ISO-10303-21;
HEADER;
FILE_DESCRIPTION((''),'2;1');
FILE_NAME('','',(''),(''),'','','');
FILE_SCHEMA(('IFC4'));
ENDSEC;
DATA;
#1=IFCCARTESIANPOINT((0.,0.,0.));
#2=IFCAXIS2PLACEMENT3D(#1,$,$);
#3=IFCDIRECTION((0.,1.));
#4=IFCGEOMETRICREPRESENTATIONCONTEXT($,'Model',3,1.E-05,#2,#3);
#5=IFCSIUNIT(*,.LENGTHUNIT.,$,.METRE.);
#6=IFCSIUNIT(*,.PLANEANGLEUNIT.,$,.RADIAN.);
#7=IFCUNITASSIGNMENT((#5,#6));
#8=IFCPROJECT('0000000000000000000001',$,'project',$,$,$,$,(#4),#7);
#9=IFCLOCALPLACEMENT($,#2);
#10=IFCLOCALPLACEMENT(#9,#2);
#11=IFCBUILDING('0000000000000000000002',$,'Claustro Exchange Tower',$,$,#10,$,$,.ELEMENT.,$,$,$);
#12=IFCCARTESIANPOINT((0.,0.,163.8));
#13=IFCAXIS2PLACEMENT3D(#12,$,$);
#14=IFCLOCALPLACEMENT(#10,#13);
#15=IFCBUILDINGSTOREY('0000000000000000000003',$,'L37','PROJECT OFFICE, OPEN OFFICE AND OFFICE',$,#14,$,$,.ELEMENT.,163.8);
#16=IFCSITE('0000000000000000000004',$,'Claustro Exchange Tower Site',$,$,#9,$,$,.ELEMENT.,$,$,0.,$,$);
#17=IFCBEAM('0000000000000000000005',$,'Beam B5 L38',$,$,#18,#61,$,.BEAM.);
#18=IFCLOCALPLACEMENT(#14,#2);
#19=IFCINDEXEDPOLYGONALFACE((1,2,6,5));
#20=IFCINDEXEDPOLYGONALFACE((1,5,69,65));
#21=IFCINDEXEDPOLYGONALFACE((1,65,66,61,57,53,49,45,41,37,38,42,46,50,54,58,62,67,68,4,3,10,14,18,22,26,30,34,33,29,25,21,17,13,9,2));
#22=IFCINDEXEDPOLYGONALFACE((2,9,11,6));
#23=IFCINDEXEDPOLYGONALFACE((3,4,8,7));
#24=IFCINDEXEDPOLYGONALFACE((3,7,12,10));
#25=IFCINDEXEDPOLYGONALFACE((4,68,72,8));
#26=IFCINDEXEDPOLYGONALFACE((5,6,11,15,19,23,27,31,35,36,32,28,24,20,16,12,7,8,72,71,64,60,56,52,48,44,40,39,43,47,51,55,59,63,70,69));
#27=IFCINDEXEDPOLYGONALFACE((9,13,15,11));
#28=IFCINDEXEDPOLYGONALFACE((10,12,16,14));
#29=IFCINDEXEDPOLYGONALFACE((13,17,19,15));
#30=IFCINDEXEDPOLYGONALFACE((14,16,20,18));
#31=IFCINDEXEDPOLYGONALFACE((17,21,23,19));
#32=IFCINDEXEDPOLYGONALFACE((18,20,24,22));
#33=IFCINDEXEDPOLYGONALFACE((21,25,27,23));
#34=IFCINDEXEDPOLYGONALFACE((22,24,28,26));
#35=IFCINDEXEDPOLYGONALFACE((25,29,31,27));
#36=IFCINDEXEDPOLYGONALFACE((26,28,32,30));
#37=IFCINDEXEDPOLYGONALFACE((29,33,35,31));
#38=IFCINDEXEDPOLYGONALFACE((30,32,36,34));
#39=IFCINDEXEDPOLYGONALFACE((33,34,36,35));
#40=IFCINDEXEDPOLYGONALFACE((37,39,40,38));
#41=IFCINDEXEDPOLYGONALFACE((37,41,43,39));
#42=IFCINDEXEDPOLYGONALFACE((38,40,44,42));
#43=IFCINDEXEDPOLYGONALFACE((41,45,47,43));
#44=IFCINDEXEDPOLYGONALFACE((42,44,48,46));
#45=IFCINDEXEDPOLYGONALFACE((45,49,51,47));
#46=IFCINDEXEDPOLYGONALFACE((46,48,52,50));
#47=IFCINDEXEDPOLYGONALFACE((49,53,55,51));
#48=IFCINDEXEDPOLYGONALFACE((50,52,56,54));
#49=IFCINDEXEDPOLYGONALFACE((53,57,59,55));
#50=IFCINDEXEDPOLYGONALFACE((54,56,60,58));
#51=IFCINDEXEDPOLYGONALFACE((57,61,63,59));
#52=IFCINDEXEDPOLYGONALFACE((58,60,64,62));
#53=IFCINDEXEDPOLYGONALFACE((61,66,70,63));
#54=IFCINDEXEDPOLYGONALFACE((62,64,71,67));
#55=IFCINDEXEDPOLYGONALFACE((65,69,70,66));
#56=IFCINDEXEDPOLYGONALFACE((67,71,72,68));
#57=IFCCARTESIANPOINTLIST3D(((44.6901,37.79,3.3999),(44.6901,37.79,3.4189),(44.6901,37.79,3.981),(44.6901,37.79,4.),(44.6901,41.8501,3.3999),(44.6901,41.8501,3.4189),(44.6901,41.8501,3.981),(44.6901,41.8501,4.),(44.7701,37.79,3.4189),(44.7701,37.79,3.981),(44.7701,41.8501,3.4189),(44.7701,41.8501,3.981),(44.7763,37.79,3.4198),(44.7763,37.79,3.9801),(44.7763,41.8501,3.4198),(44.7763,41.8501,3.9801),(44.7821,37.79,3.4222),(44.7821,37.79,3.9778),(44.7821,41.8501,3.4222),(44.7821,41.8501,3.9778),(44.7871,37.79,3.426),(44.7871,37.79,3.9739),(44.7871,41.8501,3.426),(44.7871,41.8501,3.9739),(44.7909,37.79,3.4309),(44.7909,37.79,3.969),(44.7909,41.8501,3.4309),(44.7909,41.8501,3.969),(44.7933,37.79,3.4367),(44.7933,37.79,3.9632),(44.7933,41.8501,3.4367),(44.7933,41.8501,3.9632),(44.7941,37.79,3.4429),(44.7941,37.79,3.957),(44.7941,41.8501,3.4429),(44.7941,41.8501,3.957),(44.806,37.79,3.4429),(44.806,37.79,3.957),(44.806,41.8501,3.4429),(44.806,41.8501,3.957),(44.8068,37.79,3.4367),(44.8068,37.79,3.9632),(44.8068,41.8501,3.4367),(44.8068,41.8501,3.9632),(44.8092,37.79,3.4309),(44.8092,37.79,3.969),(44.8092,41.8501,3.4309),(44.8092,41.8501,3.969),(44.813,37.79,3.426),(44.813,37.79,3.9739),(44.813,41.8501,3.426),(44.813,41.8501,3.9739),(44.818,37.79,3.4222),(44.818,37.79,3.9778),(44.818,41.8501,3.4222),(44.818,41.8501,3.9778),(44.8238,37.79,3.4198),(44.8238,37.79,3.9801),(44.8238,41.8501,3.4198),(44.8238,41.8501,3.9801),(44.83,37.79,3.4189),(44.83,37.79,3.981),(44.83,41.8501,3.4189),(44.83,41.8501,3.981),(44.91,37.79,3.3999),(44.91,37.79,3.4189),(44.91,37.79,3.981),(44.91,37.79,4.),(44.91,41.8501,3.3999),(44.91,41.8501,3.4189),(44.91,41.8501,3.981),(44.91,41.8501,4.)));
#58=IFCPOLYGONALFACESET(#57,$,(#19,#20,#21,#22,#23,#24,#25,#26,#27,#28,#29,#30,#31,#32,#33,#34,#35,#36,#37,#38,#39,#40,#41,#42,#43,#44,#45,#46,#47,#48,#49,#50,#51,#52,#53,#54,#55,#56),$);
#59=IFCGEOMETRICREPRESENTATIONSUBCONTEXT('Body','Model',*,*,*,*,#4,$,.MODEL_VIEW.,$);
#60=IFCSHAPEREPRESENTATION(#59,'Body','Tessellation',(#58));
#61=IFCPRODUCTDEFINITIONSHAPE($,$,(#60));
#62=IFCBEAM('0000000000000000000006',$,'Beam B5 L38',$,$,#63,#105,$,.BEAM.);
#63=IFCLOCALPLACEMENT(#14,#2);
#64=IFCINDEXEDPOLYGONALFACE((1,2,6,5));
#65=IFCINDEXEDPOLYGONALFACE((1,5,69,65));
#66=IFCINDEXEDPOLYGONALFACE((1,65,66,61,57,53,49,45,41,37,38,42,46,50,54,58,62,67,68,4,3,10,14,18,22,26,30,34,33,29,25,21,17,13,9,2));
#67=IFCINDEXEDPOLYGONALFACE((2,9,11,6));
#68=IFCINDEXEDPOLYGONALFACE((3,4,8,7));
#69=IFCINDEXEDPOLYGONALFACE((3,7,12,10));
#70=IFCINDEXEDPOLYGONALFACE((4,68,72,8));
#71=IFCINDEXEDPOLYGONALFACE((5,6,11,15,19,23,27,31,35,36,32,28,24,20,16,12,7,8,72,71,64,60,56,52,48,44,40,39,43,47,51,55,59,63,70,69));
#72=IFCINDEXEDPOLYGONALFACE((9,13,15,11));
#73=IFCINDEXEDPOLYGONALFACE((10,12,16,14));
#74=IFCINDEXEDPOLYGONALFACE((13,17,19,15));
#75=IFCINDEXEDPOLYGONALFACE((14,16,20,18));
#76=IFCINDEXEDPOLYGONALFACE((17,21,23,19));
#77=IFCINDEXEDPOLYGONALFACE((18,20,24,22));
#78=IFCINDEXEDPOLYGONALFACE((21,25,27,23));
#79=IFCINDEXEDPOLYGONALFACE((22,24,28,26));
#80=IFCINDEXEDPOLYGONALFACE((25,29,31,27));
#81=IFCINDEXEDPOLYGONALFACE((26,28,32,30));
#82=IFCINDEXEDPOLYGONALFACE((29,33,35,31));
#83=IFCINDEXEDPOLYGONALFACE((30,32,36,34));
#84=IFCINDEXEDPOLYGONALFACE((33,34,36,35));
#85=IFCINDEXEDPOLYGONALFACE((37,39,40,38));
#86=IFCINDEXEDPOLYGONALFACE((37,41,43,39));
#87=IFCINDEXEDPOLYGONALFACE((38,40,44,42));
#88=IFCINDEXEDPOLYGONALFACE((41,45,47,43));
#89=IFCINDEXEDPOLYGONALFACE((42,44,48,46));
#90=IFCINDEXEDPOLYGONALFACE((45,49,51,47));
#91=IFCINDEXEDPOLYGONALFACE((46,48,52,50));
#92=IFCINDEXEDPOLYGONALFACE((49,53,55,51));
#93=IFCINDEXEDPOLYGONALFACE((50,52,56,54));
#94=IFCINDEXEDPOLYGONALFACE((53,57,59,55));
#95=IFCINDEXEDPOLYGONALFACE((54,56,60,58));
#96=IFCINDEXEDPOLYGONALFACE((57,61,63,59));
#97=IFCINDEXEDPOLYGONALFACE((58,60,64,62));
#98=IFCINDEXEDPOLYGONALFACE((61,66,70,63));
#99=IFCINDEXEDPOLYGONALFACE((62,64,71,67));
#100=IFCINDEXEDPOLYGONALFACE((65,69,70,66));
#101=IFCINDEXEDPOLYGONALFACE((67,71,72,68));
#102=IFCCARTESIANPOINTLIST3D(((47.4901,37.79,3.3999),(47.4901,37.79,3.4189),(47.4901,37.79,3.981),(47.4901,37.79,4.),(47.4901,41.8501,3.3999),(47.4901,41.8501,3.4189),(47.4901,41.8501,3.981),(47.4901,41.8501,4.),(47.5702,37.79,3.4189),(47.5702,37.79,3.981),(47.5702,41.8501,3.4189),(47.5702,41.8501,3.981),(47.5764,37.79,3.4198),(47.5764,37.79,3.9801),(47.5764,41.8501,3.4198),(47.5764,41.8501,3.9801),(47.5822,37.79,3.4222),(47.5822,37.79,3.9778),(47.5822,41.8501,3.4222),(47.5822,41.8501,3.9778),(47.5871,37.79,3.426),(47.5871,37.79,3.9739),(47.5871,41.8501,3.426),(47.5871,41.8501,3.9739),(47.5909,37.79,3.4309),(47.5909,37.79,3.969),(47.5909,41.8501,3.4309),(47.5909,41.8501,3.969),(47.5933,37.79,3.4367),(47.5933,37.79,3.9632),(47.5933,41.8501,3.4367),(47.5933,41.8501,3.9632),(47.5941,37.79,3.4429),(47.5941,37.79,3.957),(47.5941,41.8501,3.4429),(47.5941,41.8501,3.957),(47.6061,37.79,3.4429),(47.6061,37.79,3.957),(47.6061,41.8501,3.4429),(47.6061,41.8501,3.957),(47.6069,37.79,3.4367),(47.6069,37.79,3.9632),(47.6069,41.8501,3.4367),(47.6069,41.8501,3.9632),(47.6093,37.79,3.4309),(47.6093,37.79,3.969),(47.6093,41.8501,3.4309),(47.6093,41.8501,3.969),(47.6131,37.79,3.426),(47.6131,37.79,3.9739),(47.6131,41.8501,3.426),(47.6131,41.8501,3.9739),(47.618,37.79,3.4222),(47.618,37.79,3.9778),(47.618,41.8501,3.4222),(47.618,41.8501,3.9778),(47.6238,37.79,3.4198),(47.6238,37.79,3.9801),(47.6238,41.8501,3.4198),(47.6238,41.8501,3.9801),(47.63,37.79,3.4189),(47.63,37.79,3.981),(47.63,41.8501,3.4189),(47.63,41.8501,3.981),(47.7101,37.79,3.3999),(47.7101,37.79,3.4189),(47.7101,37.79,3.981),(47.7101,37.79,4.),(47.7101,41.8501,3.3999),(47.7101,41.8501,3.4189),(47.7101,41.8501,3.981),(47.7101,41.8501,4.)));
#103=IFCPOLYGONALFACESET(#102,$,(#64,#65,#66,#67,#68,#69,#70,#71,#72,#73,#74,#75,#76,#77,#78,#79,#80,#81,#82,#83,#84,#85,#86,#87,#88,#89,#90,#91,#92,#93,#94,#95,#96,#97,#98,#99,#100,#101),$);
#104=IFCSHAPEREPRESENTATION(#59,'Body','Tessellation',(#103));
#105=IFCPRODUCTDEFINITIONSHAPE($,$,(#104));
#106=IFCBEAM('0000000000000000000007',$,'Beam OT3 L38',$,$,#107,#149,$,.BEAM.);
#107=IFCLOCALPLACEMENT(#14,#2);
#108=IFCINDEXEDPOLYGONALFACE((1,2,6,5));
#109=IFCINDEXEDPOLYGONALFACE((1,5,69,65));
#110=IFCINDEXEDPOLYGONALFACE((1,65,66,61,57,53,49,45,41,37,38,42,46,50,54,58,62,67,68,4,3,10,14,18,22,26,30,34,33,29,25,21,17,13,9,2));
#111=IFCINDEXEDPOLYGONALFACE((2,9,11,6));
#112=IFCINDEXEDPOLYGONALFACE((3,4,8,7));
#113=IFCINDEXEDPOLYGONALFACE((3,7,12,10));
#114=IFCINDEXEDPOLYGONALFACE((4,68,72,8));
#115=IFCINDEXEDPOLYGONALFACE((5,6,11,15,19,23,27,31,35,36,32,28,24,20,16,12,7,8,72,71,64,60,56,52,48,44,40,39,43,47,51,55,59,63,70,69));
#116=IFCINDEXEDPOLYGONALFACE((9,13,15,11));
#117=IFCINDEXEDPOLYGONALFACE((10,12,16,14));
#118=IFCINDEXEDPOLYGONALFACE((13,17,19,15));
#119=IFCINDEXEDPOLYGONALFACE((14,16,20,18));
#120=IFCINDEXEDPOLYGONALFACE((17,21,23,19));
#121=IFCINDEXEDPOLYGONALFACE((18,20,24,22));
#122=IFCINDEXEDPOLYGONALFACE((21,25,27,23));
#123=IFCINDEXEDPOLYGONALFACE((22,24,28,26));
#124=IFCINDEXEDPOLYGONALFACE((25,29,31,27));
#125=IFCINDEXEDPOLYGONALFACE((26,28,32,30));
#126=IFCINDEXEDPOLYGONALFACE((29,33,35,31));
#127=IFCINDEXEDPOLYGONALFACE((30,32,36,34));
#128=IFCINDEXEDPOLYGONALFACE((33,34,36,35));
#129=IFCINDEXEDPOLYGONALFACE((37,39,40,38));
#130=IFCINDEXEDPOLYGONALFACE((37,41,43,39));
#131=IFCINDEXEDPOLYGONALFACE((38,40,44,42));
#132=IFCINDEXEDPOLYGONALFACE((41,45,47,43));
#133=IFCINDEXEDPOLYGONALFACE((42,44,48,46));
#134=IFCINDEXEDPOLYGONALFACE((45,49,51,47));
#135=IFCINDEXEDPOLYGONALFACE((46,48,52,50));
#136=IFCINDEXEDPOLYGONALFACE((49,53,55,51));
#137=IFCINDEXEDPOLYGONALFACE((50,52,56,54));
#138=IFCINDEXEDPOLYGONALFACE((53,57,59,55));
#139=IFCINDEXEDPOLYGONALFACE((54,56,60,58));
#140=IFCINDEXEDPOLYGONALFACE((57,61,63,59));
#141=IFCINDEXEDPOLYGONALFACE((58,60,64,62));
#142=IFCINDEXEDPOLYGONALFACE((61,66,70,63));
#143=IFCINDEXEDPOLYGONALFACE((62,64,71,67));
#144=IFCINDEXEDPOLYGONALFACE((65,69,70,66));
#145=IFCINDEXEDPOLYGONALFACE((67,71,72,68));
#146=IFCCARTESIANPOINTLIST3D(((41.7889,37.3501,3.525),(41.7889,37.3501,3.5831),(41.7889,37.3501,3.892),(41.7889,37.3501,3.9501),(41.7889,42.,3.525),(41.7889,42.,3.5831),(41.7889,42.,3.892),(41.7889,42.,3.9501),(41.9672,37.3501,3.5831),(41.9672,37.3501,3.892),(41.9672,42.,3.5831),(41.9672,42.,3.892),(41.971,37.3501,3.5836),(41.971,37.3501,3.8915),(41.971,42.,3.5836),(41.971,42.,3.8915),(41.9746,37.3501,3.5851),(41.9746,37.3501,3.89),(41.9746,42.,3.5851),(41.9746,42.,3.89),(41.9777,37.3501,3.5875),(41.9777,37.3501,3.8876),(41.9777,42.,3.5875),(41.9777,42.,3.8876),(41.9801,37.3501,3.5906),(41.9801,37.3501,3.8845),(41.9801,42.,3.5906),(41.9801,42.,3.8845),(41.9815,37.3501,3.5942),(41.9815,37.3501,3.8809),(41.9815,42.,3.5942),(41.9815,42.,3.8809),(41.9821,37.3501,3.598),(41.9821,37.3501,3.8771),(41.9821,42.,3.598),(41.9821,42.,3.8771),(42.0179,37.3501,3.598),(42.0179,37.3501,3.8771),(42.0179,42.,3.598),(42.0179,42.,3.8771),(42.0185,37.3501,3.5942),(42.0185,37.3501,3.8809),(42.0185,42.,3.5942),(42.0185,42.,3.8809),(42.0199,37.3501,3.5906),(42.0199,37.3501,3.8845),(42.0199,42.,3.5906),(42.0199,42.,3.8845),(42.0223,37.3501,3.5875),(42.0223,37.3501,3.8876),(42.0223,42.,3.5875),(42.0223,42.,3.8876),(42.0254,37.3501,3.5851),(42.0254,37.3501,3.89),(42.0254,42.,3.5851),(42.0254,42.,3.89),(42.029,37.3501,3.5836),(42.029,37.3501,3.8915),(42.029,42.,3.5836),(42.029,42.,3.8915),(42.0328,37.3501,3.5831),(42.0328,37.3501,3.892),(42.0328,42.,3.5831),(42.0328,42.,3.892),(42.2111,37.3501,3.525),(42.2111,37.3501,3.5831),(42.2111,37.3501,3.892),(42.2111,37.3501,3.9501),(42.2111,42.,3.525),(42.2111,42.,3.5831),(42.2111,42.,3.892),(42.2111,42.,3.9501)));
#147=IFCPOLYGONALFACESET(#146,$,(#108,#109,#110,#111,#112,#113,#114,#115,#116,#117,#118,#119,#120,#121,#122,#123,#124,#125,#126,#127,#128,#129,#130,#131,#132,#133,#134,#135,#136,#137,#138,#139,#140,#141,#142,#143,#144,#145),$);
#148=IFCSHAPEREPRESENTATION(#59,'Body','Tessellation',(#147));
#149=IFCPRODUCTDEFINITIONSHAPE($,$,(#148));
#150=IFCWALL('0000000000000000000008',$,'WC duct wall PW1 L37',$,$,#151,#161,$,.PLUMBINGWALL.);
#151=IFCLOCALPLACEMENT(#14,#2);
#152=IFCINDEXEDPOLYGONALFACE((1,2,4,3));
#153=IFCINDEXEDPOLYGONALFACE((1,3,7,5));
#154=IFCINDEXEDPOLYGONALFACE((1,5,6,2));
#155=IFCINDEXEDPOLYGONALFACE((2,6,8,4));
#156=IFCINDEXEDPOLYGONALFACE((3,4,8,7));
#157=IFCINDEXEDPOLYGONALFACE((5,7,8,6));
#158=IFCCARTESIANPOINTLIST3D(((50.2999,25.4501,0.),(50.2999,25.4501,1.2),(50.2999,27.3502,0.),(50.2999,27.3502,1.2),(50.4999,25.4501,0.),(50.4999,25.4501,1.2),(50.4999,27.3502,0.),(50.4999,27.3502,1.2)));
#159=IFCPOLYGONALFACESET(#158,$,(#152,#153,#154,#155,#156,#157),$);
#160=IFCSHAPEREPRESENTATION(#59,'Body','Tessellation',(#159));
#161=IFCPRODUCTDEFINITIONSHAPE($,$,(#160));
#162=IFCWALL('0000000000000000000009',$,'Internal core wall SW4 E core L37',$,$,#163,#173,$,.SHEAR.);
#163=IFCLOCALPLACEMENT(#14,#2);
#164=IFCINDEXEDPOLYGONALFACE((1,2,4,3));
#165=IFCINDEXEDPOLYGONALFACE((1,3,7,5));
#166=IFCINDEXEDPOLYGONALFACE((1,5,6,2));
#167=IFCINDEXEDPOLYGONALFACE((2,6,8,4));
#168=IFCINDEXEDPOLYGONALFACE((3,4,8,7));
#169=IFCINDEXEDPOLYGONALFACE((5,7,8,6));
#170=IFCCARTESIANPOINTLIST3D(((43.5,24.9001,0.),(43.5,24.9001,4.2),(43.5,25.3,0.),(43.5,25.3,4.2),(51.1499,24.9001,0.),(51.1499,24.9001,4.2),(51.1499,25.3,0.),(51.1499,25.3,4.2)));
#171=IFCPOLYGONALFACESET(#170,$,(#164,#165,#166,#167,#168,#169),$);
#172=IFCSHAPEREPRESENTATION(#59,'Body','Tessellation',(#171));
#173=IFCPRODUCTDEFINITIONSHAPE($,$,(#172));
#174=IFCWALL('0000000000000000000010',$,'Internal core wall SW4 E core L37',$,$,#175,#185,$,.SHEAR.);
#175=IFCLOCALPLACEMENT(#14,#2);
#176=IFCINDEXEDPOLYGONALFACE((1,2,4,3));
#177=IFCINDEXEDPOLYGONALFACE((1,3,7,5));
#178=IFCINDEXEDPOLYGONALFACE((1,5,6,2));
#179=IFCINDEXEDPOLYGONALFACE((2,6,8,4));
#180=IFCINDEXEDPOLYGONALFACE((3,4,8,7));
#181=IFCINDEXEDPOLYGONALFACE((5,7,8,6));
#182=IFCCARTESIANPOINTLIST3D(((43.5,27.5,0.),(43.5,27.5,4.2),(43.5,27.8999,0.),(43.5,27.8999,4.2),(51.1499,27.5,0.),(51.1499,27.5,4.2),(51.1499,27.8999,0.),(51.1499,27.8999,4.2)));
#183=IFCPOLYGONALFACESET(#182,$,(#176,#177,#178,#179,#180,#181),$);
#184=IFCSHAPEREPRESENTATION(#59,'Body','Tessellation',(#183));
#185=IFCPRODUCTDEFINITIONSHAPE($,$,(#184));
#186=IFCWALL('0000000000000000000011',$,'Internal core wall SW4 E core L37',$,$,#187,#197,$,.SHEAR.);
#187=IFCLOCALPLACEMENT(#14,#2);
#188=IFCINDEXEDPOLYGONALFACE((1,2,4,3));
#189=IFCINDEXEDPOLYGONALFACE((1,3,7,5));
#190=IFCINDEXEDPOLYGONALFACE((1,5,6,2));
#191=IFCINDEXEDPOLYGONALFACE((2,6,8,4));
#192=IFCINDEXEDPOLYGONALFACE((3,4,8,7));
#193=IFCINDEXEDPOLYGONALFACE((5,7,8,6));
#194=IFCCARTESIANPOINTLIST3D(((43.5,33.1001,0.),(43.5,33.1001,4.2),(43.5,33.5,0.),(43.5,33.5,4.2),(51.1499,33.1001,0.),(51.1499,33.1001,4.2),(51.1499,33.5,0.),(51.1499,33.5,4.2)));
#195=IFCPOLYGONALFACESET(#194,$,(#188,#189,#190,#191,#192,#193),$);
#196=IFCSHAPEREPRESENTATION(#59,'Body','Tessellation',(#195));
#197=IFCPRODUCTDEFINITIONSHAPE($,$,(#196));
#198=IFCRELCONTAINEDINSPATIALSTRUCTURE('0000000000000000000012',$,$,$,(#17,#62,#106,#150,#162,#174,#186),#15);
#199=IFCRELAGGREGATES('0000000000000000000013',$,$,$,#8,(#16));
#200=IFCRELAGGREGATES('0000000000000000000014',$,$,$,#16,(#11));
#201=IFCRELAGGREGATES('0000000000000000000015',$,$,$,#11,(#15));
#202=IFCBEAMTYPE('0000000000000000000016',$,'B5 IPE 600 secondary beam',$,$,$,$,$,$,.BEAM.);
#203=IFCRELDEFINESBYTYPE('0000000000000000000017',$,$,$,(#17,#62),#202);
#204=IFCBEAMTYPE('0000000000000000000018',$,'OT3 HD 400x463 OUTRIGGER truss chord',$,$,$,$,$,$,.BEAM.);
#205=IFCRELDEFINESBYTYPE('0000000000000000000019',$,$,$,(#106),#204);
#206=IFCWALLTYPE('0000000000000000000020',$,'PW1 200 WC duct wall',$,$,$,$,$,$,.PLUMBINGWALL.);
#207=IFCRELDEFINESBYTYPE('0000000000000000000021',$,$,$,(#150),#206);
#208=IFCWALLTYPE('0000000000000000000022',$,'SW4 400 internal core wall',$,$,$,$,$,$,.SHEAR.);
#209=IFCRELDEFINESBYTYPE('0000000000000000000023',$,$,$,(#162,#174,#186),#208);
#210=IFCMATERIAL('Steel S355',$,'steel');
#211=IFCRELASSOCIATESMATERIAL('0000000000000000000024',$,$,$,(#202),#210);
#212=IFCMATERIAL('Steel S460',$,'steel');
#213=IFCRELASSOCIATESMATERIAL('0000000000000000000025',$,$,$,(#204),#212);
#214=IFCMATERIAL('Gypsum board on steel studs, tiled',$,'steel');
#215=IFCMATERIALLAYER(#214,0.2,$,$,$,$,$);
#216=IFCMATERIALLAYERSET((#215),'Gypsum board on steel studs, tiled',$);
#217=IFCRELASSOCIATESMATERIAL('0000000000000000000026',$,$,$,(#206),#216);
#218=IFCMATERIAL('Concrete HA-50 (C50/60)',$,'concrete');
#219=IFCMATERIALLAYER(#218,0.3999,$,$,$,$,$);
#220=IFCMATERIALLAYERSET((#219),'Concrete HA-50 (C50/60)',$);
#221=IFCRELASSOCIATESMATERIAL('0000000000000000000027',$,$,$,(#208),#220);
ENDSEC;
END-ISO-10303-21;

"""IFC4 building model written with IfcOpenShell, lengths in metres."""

from ifc_helpers import new_model, si_unit, direction, frame, frame_2d, origin, origin_2d, place, context, subcontext, project, spatial, rectangle, i_section, extrude, material, layer, layer_set, material_profile, profile_set, type_object, element, save


model = new_model("IFC4")

# Units and contexts
model_context = context("Model", 3, precision=1e-05, world=origin(), true_north=direction((0.0, 1.0)))
body_context = subcontext(model_context, "Body", "Model", "MODEL_VIEW")
ifc_project = project(units=[si_unit("LENGTHUNIT", "METRE"), si_unit("PLANEANGLEUNIT", "RADIAN")], contexts=[model_context])

# Site, building, storey
site_placement = place(None, origin())
site = spatial("IfcSite", under=ifc_project, at=site_placement, Name="Claustro Exchange Tower Site", CompositionType="ELEMENT", RefElevation=0.0)
building_placement = place(site_placement, origin())
building = spatial("IfcBuilding", under=site, at=building_placement, Name="Claustro Exchange Tower", CompositionType="ELEMENT")
storey_placement = place(building_placement, frame((0.0, 0.0, 163.8)))
storey = spatial("IfcBuildingStorey", under=building, at=storey_placement, Name="L37", Description="PROJECT OFFICE, OPEN OFFICE AND OFFICE", CompositionType="ELEMENT", Elevation=163.8)

# Beams
ifc_material_1 = material(Name="Steel S355", Category="steel")
ifc_material_profile_1 = material_profile(ifc_material_1, i_section(OverallWidth=0.22, OverallDepth=0.6001, WebThickness=0.012, FlangeThickness=0.019, FilletRadius=0.0239, at=origin_2d()), Name="IPE 600")
ifc_profile_set_1 = profile_set([ifc_material_profile_1], Name="Steel S355")
beam_type_1 = type_object("IfcBeamType", Name="B5 IPE 600 secondary beam", PredefinedType="BEAM", material=ifc_profile_set_1)
for number, where, z_axis, x_axis, name in (
    (1, (44.8, 37.79, 3.7), (0.0, 1.0, 0.0), (-1.0, 0.0, 0.0), "Beam B5 L38"),
    (2, (47.6001, 37.79, 3.7), (0.0, 1.0, 0.0), (-1.0, 0.0, 0.0), "Beam B5 L38"),
):
    element("IfcBeam", number, at=place(storey_placement, frame(where, z_axis=z_axis, x_axis=x_axis)), inside=storey, type_object=beam_type_1, Name=name, PredefinedType="BEAM", context=body_context, shape_type="SweptSolid", body=[
        extrude(i_section(OverallWidth=0.22, OverallDepth=0.6001, WebThickness=0.012, FlangeThickness=0.019, FilletRadius=0.0239, at=origin_2d()), origin(), (0.0, 0.0, 1.0), 4.0601),
    ])
ifc_material_2 = material(Name="Steel S460", Category="steel")
ifc_material_profile_2 = material_profile(ifc_material_2, i_section(OverallWidth=0.4221, OverallDepth=0.425, WebThickness=0.0359, FlangeThickness=0.0581, FilletRadius=0.0149, at=origin_2d()), Name="HD 400x463")
ifc_profile_set_2 = profile_set([ifc_material_profile_2], Name="Steel S460")
beam_type_2 = type_object("IfcBeamType", Name="OT3 HD 400x463 OUTRIGGER truss chord", PredefinedType="BEAM", material=ifc_profile_set_2)
beam_placement = place(storey_placement, frame((42.0, 37.3501, 3.7375), z_axis=(0.0, 1.0, 0.0), x_axis=(-1.0, 0.0, 0.0)))
element("IfcBeam", 3, at=beam_placement, inside=storey, type_object=beam_type_2, Name="Beam OT3 L38", PredefinedType="BEAM", context=body_context, shape_type="SweptSolid", body=[
    extrude(i_section(OverallWidth=0.4221, OverallDepth=0.425, WebThickness=0.0359, FlangeThickness=0.0581, FilletRadius=0.0149, at=origin_2d()), origin(), (0.0, 0.0, 1.0), 4.6499),
])

# Walls
ifc_material_3 = material(Name="Gypsum board on steel studs, tiled", Category="steel")
ifc_layer_1 = layer(ifc_material_3, 0.2)
ifc_layer_set_1 = layer_set([ifc_layer_1], Name="Gypsum board on steel studs, tiled")
wall_type_1 = type_object("IfcWallType", Name="PW1 200 WC duct wall", PredefinedType="PLUMBINGWALL", material=ifc_layer_set_1)
wall_1_placement = place(storey_placement, frame((50.3999, 25.45, 0.0), z_axis=(0.0, 0.0, 1.0), x_axis=(0.0, 1.0, 0.0)))
element("IfcWall", 4, at=wall_1_placement, inside=storey, type_object=wall_type_1, Name="WC duct wall PW1 L37", PredefinedType="PLUMBINGWALL", context=body_context, shape_type="SweptSolid", body=[
    extrude(rectangle(XDim=1.9001, YDim=0.2, at=frame_2d((0.9502, 0.0))), origin(), (0.0, 0.0, 1.0), 1.2),
])
ifc_material_4 = material(Name="Concrete HA-50 (C50/60)", Category="concrete")
ifc_layer_2 = layer(ifc_material_4, 0.3999)
ifc_layer_set_2 = layer_set([ifc_layer_2], Name="Concrete HA-50 (C50/60)")
wall_type_2 = type_object("IfcWallType", Name="SW4 400 internal core wall", PredefinedType="SHEAR", material=ifc_layer_set_2)
for number, where, z_axis, x_axis, name in (
    (5, (51.1499, 25.1001, 0.0), (0.0, 0.0, 1.0), (-1.0, 0.0, 0.0), "Internal core wall SW4 E core L37"),
    (6, (51.1499, 27.7, 0.0), (0.0, 0.0, 1.0), (-1.0, 0.0, 0.0), "Internal core wall SW4 E core L37"),
    (7, (51.1499, 33.3, 0.0), (0.0, 0.0, 1.0), (-1.0, 0.0, 0.0), "Internal core wall SW4 E core L37"),
):
    element("IfcWall", number, at=place(storey_placement, frame(where, z_axis=z_axis, x_axis=x_axis)), inside=storey, type_object=wall_type_2, Name=name, PredefinedType="SHEAR", context=body_context, shape_type="SweptSolid", body=[
        extrude(rectangle(XDim=7.6499, YDim=0.3999, at=frame_2d((3.825, 0.0))), origin(), (0.0, 0.0, 1.0), 4.2),
    ])

save(model, "model.ifc")
